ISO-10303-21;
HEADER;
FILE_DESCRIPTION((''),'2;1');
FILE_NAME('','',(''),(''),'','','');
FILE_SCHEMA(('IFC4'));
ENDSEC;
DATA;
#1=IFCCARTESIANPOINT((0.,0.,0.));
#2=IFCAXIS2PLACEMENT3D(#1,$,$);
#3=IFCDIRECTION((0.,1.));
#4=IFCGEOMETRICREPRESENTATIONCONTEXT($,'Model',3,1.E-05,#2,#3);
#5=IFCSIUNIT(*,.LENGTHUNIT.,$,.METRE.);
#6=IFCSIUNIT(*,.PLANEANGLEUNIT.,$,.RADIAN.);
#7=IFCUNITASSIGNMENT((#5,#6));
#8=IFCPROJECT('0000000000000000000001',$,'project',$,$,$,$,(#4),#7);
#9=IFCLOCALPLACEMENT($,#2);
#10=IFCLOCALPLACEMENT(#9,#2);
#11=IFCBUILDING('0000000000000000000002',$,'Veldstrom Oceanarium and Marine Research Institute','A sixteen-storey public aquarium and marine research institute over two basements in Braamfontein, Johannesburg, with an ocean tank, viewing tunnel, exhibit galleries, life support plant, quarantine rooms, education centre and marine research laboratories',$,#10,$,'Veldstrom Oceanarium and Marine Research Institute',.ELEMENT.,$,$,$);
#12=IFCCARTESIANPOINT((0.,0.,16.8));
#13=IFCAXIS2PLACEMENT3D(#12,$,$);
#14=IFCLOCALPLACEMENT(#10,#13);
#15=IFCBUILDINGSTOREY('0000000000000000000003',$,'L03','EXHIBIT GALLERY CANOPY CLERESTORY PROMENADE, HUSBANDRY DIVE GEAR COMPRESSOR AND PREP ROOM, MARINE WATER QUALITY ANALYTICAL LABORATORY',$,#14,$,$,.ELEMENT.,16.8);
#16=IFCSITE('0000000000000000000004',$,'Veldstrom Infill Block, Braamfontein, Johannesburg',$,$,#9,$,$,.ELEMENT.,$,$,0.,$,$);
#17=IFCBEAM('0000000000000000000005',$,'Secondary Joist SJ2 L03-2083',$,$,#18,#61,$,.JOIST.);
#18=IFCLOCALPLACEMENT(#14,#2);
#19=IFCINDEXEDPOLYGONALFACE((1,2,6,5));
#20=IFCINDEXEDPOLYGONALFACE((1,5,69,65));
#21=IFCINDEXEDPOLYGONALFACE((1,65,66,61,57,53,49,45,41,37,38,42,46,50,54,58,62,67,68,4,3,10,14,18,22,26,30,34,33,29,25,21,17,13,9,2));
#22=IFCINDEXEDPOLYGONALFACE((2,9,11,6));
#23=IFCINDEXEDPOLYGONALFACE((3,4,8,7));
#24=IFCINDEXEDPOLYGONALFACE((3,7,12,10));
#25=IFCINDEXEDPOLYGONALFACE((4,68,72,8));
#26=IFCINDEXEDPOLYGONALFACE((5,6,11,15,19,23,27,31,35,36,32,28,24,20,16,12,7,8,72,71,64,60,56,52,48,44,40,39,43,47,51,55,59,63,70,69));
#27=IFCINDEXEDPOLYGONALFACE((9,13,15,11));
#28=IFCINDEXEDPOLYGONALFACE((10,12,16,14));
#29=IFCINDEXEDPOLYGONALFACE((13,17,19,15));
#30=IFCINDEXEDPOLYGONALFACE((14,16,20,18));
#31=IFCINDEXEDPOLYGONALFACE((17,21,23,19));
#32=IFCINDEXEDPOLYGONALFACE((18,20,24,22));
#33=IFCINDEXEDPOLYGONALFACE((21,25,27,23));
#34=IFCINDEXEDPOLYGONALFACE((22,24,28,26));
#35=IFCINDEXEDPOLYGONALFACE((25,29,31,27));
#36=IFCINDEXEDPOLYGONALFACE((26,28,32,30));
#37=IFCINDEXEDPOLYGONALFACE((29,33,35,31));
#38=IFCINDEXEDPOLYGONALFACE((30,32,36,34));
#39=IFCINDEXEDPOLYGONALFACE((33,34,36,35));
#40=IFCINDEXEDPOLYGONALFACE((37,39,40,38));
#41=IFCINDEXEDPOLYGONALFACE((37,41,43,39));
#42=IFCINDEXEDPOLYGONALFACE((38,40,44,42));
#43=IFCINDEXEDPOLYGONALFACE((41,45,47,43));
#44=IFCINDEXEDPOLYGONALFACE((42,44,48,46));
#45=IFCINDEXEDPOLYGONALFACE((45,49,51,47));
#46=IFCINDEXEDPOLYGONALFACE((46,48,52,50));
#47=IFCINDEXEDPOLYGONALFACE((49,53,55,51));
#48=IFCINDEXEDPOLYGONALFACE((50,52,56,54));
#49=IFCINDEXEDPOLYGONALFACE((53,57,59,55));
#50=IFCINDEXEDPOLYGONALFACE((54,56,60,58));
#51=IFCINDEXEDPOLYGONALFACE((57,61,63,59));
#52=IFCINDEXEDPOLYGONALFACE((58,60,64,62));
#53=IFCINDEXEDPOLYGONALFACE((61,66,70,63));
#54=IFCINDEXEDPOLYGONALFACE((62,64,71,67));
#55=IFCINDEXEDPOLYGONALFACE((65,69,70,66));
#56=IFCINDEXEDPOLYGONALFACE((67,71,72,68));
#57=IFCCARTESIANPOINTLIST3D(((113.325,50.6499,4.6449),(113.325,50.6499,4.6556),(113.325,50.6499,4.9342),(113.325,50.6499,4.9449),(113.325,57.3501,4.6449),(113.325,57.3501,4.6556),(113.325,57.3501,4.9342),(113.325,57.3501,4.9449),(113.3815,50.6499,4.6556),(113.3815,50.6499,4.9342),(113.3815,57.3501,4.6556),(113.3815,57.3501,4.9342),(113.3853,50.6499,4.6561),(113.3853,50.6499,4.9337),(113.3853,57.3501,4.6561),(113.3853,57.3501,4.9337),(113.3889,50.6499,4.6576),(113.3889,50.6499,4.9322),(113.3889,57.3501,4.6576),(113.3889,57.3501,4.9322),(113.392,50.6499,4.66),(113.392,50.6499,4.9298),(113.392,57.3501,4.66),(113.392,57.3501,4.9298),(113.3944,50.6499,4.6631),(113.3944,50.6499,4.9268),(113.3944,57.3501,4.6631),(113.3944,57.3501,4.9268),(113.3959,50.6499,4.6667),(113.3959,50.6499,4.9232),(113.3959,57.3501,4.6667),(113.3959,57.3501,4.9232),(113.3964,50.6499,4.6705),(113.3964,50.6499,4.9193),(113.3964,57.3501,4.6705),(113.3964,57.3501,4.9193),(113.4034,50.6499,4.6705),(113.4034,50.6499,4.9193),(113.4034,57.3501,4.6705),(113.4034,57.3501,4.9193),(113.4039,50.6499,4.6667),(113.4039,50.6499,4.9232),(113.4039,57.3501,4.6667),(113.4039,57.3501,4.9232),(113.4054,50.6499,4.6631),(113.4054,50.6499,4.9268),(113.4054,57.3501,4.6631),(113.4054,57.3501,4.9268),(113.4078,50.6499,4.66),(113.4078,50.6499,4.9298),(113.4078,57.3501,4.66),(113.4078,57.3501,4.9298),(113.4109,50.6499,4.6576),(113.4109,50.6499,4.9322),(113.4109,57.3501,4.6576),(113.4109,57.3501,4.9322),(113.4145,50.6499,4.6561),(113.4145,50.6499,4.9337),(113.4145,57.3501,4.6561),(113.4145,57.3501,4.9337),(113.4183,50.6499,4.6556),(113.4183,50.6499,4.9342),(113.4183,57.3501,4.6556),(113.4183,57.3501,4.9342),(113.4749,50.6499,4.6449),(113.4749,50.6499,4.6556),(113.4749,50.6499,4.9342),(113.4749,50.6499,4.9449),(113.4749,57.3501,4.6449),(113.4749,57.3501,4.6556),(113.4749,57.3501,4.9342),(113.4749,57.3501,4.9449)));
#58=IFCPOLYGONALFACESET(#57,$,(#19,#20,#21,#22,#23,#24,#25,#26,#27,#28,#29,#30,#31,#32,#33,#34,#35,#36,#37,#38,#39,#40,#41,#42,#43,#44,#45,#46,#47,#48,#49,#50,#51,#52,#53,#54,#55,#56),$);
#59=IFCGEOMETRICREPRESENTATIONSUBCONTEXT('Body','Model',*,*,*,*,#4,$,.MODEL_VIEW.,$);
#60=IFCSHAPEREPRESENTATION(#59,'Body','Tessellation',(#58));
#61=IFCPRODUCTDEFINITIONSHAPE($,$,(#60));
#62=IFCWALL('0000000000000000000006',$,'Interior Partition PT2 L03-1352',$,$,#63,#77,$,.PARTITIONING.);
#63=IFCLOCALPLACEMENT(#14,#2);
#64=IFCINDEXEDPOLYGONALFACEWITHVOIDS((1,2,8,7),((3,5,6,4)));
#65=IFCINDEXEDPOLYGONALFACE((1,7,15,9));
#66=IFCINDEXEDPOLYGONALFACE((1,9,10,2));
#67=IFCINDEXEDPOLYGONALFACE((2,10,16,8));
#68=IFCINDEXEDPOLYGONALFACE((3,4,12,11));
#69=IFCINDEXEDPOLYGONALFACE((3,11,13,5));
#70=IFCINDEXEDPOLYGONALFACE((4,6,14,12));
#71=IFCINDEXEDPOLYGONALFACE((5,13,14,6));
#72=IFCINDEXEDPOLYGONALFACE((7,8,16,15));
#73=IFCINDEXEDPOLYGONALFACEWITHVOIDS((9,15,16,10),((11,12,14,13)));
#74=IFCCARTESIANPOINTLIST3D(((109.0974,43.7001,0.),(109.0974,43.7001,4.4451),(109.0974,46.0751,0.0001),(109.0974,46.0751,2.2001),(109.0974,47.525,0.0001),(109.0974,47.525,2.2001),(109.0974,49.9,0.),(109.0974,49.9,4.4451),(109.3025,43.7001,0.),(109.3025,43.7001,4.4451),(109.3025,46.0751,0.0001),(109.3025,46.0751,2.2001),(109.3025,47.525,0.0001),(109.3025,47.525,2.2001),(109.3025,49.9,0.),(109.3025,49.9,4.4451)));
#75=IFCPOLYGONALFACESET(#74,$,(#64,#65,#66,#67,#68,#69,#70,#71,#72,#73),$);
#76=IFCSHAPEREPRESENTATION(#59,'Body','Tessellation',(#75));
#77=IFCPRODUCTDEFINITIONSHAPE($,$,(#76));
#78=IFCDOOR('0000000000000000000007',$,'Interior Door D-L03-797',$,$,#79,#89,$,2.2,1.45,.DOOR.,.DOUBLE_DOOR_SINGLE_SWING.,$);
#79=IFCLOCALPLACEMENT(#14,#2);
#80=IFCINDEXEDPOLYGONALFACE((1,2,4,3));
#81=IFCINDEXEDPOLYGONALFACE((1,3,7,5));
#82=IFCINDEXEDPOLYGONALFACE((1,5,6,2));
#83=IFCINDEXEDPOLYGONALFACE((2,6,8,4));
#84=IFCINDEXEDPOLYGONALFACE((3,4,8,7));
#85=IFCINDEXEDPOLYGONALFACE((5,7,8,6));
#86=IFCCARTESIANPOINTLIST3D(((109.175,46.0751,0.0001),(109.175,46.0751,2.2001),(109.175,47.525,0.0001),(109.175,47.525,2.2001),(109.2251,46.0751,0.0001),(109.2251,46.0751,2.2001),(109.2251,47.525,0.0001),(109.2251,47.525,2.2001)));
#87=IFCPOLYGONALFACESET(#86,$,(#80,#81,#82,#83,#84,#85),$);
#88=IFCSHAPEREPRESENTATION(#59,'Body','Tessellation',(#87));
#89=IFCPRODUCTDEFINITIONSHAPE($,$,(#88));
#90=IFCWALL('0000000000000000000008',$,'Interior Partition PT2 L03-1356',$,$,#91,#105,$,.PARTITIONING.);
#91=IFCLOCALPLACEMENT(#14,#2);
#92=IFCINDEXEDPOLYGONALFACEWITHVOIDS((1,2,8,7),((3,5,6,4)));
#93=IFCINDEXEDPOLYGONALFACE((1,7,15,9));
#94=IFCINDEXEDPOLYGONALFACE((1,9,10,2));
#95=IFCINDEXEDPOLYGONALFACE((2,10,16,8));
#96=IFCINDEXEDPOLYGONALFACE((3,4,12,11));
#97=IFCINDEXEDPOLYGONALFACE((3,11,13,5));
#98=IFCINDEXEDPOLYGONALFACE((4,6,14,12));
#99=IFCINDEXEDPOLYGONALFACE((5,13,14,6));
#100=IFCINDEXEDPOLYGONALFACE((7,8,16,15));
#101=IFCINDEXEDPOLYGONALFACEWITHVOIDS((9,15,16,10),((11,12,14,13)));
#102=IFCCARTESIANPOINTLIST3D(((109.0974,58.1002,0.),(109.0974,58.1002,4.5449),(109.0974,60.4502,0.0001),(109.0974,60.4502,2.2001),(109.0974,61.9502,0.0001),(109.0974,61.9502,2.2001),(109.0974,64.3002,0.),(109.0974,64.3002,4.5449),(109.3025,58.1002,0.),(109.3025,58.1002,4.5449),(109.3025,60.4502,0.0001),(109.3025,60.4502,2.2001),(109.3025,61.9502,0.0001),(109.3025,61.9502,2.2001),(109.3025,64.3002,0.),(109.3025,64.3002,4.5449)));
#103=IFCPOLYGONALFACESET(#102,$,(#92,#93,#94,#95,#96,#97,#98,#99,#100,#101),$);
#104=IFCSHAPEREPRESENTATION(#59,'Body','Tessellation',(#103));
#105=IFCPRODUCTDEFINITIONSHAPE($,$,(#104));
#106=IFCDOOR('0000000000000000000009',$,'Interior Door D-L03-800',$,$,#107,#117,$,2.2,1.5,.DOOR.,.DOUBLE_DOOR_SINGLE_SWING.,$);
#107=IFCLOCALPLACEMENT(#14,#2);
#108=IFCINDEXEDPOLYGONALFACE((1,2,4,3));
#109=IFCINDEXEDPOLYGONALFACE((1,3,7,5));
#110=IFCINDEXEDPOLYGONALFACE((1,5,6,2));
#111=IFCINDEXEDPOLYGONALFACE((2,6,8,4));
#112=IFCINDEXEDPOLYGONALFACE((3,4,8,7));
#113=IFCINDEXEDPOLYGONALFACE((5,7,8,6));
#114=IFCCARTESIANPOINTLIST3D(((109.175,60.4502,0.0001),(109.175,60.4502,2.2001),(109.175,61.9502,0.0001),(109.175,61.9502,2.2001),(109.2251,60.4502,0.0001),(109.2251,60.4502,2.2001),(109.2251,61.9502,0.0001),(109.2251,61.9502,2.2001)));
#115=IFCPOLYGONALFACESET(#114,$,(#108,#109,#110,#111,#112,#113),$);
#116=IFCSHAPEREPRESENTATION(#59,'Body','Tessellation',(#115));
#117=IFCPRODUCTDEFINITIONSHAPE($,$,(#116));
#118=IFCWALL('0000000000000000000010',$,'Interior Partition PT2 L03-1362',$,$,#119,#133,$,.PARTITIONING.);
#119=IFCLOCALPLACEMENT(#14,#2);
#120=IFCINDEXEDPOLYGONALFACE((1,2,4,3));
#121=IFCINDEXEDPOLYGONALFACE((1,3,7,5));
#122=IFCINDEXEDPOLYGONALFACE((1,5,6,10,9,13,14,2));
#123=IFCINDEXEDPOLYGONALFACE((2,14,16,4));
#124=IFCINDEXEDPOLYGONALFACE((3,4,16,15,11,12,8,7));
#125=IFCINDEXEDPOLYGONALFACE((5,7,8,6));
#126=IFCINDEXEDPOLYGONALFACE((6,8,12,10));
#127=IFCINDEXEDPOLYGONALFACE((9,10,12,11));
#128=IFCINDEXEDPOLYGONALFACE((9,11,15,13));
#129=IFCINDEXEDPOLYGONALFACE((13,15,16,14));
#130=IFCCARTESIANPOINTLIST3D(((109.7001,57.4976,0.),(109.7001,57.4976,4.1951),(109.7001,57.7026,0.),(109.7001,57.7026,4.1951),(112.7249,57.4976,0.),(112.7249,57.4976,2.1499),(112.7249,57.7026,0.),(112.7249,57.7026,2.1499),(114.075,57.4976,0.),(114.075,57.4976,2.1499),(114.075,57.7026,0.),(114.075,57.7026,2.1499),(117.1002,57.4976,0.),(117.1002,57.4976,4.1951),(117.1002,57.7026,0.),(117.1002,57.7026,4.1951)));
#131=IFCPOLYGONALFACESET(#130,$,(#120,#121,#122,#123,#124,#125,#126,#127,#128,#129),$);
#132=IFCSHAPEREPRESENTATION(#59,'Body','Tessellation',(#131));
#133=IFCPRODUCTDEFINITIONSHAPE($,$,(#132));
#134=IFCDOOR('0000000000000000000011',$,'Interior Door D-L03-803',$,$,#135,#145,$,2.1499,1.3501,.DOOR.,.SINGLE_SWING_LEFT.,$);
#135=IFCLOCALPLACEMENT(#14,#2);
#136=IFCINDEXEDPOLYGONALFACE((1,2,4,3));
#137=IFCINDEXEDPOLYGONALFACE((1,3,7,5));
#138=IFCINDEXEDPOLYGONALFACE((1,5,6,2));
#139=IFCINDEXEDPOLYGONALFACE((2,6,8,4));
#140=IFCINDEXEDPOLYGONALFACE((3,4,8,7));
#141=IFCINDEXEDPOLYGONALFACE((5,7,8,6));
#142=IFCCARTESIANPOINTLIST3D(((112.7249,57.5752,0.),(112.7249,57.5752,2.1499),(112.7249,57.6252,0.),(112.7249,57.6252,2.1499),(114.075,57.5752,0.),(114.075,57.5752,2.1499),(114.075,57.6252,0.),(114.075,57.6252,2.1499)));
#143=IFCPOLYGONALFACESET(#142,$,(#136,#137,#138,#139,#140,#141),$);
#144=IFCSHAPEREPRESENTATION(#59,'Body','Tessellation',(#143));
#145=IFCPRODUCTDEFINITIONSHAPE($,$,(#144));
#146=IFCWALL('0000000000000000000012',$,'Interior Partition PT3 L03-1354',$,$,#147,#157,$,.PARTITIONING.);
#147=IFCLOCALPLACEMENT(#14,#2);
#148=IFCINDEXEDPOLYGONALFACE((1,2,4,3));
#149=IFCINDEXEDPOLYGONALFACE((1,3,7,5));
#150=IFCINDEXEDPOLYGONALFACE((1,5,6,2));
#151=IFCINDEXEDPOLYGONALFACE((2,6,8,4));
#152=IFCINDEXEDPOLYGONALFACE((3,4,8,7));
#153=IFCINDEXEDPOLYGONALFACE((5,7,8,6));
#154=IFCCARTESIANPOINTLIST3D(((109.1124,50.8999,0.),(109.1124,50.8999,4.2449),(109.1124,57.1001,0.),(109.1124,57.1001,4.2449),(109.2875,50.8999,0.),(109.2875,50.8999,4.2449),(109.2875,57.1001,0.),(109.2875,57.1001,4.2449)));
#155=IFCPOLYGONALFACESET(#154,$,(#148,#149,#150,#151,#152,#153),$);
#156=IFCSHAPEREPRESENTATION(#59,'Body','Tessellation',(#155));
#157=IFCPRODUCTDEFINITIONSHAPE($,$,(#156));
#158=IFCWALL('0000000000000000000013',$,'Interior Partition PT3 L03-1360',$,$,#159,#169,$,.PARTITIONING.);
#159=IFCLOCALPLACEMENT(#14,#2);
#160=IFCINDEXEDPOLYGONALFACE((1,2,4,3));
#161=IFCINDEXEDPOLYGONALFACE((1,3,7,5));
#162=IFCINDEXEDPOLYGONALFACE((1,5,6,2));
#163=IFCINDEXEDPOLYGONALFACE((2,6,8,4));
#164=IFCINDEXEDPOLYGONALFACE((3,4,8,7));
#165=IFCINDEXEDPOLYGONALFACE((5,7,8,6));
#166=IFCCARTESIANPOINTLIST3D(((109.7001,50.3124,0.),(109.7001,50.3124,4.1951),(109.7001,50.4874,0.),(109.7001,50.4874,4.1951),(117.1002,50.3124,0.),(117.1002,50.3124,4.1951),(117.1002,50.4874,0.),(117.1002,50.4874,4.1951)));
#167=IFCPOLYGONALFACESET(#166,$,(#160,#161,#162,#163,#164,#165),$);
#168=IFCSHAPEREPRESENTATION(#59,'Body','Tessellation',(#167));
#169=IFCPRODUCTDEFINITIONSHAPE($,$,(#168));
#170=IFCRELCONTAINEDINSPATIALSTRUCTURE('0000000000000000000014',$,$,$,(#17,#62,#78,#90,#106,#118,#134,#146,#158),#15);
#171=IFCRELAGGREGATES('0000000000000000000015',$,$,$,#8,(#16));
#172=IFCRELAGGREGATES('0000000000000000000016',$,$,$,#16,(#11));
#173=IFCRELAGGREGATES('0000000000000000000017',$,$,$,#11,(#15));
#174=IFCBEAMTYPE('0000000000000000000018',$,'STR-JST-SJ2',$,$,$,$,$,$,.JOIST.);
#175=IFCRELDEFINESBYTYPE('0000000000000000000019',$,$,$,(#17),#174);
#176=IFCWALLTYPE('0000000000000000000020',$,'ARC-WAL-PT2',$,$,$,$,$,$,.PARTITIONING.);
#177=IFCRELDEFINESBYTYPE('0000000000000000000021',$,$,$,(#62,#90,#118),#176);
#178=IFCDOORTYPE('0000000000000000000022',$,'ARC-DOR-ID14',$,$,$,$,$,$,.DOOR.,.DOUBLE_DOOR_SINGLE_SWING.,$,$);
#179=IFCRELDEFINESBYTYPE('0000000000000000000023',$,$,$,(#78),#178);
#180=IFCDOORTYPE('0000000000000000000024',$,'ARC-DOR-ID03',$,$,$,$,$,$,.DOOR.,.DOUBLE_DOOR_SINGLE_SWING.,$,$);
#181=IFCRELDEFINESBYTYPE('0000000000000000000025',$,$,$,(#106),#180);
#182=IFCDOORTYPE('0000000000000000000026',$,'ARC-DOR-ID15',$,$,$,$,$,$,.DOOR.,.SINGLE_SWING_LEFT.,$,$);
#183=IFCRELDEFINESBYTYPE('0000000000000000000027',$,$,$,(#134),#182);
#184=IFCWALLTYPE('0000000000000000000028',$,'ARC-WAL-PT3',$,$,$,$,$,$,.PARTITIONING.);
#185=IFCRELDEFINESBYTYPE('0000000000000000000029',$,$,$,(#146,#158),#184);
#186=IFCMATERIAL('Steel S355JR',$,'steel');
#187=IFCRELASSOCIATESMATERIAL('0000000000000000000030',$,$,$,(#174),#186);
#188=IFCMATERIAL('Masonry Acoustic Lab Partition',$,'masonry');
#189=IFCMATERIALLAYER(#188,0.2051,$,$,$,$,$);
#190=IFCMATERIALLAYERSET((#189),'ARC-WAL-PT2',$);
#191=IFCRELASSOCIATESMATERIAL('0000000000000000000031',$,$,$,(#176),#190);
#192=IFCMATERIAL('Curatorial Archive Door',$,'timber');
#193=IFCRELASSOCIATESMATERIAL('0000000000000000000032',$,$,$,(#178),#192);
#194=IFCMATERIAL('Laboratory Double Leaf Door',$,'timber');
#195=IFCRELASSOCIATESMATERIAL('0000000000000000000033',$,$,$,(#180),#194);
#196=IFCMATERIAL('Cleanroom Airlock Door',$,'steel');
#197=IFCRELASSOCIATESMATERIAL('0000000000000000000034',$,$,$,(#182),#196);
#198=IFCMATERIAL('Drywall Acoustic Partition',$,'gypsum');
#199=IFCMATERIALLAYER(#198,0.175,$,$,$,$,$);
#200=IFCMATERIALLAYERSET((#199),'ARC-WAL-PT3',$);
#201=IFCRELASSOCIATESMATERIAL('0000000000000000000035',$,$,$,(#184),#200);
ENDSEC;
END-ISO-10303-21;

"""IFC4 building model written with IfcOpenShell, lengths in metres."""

from ifc_helpers import new_model, si_unit, direction, frame, frame_2d, origin, origin_2d, place, context, subcontext, project, spatial, rectangle, i_section, extrude, material, layer, layer_set, material_profile, profile_set, type_object, element, fill, save


model = new_model("IFC4")

# Units and contexts
model_context = context("Model", 3, precision=1e-05, world=origin(), true_north=direction((0.0, 1.0)))
body_context = subcontext(model_context, "Body", "Model", "MODEL_VIEW")
ifc_project = project(units=[si_unit("LENGTHUNIT", "METRE"), si_unit("PLANEANGLEUNIT", "RADIAN")], contexts=[model_context])

# Site, building, storey
site_placement = place(None, origin())
site = spatial("IfcSite", under=ifc_project, at=site_placement, Name="Veldstrom Infill Block, Braamfontein, Johannesburg", CompositionType="ELEMENT", RefElevation=0.0)
building_placement = place(site_placement, origin())
building = spatial("IfcBuilding", under=site, at=building_placement, Name="Veldstrom Oceanarium and Marine Research Institute", Description="A sixteen-storey public aquarium and marine research institute over two basements in Braamfontein, Johannesburg, with an ocean tank, viewing tunnel, exhibit galleries, life support plant, quarantine rooms, education centre and marine research laboratories", LongName="Veldstrom Oceanarium and Marine Research Institute", CompositionType="ELEMENT")
storey_placement = place(building_placement, frame((0.0, 0.0, 16.8)))
storey = spatial("IfcBuildingStorey", under=building, at=storey_placement, Name="L03", Description="EXHIBIT GALLERY CANOPY CLERESTORY PROMENADE, HUSBANDRY DIVE GEAR COMPRESSOR AND PREP ROOM, MARINE WATER QUALITY ANALYTICAL LABORATORY", CompositionType="ELEMENT", Elevation=16.8)

# Beam
ifc_material_1 = material(Name="Steel S355JR", Category="steel")
ifc_material_profile_1 = material_profile(ifc_material_1, i_section(OverallWidth=0.1499, OverallDepth=0.3, WebThickness=0.0071, FlangeThickness=0.0107, FilletRadius=0.0149, at=origin_2d()), Name="IPE 300")
ifc_profile_set_1 = profile_set([ifc_material_profile_1], Name="Steel S355JR")
beam_type_1 = type_object("IfcBeamType", Name="STR-JST-SJ2", PredefinedType="JOIST", material=ifc_profile_set_1)
beam_1_placement = place(storey_placement, frame((113.3999, 50.6499, 4.7949), z_axis=(0.0, 1.0, 0.0), x_axis=(-1.0, 0.0, 0.0)))
element("IfcBeam", 1, at=beam_1_placement, inside=storey, type_object=beam_type_1, Name="Secondary Joist SJ2 L03-2083", PredefinedType="JOIST", context=body_context, shape_type="SweptSolid", body=[
    extrude(i_section(OverallWidth=0.1499, OverallDepth=0.3, WebThickness=0.0071, FlangeThickness=0.0107, FilletRadius=0.0149, at=origin_2d()), origin(), (0.0, 0.0, 1.0), 6.7002),
])

# Walls, openings, doors
ifc_material_2 = material(Name="Masonry Acoustic Lab Partition", Category="masonry")
ifc_layer_1 = layer(ifc_material_2, 0.2051)
ifc_layer_set_1 = layer_set([ifc_layer_1], Name="ARC-WAL-PT2")
wall_type_1 = type_object("IfcWallType", Name="ARC-WAL-PT2", PredefinedType="PARTITIONING", material=ifc_layer_set_1)
wall_1_placement = place(storey_placement, frame((109.2, 43.7, 0.0), z_axis=(0.0, 0.0, 1.0), x_axis=(0.0, 1.0, 0.0)))
wall_1 = element("IfcWall", 2, at=wall_1_placement, inside=storey, type_object=wall_type_1, Name="Interior Partition PT2 L03-1352", PredefinedType="PARTITIONING", context=body_context, shape_type="SweptSolid", body=[
    extrude(rectangle(XDim=6.2, YDim=0.2051, at=frame_2d((3.1001, 0.0))), origin(), (0.0, 0.0, 1.0), 4.4451),
])
opening_1_placement = place(wall_1_placement, frame((2.375, 0.0, 0.0)))
opening_1 = element("IfcOpeningElement", 3, at=opening_1_placement, cuts=wall_1, PredefinedType="OPENING", context=body_context, shape_type="SweptSolid", body=[
    extrude(rectangle(XDim=1.45, YDim=2.2, at=frame_2d((0.7251, 1.1001))), frame((0.0, 0.1125, 0.0), z_axis=(0.0, -1.0, 0.0), x_axis=(1.0, 0.0, 0.0)), (0.0, 0.0, 1.0), 0.2251),
])
ifc_material_3 = material(Name="Curatorial Archive Door", Category="timber")
door_type_1 = type_object("IfcDoorType", Name="ARC-DOR-ID14", OperationType="DOUBLE_DOOR_SINGLE_SWING", PredefinedType="DOOR", material=ifc_material_3)
door_1_placement = place(opening_1_placement, origin())
door_1 = element("IfcDoor", 4, at=door_1_placement, inside=storey, type_object=door_type_1, Name="Interior Door D-L03-797", OperationType="DOUBLE_DOOR_SINGLE_SWING", OverallHeight=2.2, OverallWidth=1.45, PredefinedType="DOOR", context=body_context, shape_type="SweptSolid", body=[
    extrude(rectangle(XDim=1.45, YDim=2.2, at=frame_2d((0.7251, 1.1001))), frame((0.0, 0.0249, 0.0), z_axis=(0.0, -1.0, 0.0), x_axis=(1.0, 0.0, 0.0)), (0.0, 0.0, 1.0), 0.05),
])
fill(opening_1, door_1)
wall_2_placement = place(storey_placement, frame((109.2, 58.1001, 0.0), z_axis=(0.0, 0.0, 1.0), x_axis=(0.0, 1.0, 0.0)))
wall_2 = element("IfcWall", 5, at=wall_2_placement, inside=storey, type_object=wall_type_1, Name="Interior Partition PT2 L03-1356", PredefinedType="PARTITIONING", context=body_context, shape_type="SweptSolid", body=[
    extrude(rectangle(XDim=6.2, YDim=0.2051, at=frame_2d((3.1001, 0.0))), origin(), (0.0, 0.0, 1.0), 4.5449),
])
opening_2_placement = place(wall_2_placement, frame((2.3501, 0.0, 0.0)))
opening_2 = element("IfcOpeningElement", 6, at=opening_2_placement, cuts=wall_2, PredefinedType="OPENING", context=body_context, shape_type="SweptSolid", body=[
    extrude(rectangle(XDim=1.5, YDim=2.2, at=frame_2d((0.75, 1.1001))), frame((0.0, 0.1125, 0.0), z_axis=(0.0, -1.0, 0.0), x_axis=(1.0, 0.0, 0.0)), (0.0, 0.0, 1.0), 0.2251),
])
ifc_material_4 = material(Name="Laboratory Double Leaf Door", Category="timber")
door_type_2 = type_object("IfcDoorType", Name="ARC-DOR-ID03", OperationType="DOUBLE_DOOR_SINGLE_SWING", PredefinedType="DOOR", material=ifc_material_4)
door_2_placement = place(opening_2_placement, origin())
door_2 = element("IfcDoor", 7, at=door_2_placement, inside=storey, type_object=door_type_2, Name="Interior Door D-L03-800", OperationType="DOUBLE_DOOR_SINGLE_SWING", OverallHeight=2.2, OverallWidth=1.5, PredefinedType="DOOR", context=body_context, shape_type="SweptSolid", body=[
    extrude(rectangle(XDim=1.5, YDim=2.2, at=frame_2d((0.75, 1.1001))), frame((0.0, 0.0249, 0.0), z_axis=(0.0, -1.0, 0.0), x_axis=(1.0, 0.0, 0.0)), (0.0, 0.0, 1.0), 0.05),
])
fill(opening_2, door_2)
wall_3_placement = place(storey_placement, frame((109.7, 57.6001, 0.0), z_axis=(0.0, 0.0, 1.0), x_axis=(1.0, 0.0, 0.0)))
wall_3 = element("IfcWall", 8, at=wall_3_placement, inside=storey, type_object=wall_type_1, Name="Interior Partition PT2 L03-1362", PredefinedType="PARTITIONING", context=body_context, shape_type="SweptSolid", body=[
    extrude(rectangle(XDim=7.4001, YDim=0.2051, at=frame_2d((3.7002, 0.0))), origin(), (0.0, 0.0, 1.0), 4.1951),
])
opening_3_placement = place(wall_3_placement, frame((3.0249, 0.0, 0.0)))
opening_3 = element("IfcOpeningElement", 9, at=opening_3_placement, cuts=wall_3, PredefinedType="OPENING", context=body_context, shape_type="SweptSolid", body=[
    extrude(rectangle(XDim=1.3501, YDim=2.1499, at=frame_2d((0.675, 1.075))), frame((0.0, 0.1125, 0.0), z_axis=(0.0, -1.0, 0.0), x_axis=(1.0, 0.0, 0.0)), (0.0, 0.0, 1.0), 0.2251),
])
ifc_material_5 = material(Name="Cleanroom Airlock Door", Category="steel")
door_type_3 = type_object("IfcDoorType", Name="ARC-DOR-ID15", OperationType="SINGLE_SWING_LEFT", PredefinedType="DOOR", material=ifc_material_5)
door_3_placement = place(opening_3_placement, frame((1.3501, 0.0, 0.0), z_axis=(0.0, 0.0, 1.0), x_axis=(-1.0, 0.0, 0.0)))
door_3 = element("IfcDoor", 10, at=door_3_placement, inside=storey, type_object=door_type_3, Name="Interior Door D-L03-803", OperationType="SINGLE_SWING_LEFT", OverallHeight=2.1499, OverallWidth=1.3501, PredefinedType="DOOR", context=body_context, shape_type="SweptSolid", body=[
    extrude(rectangle(XDim=1.3501, YDim=2.1499, at=frame_2d((0.675, 1.075))), frame((0.0, 0.0249, 0.0), z_axis=(0.0, -1.0, 0.0), x_axis=(1.0, 0.0, 0.0)), (0.0, 0.0, 1.0), 0.05),
])
fill(opening_3, door_3)

# Walls
ifc_material_6 = material(Name="Drywall Acoustic Partition", Category="gypsum")
ifc_layer_2 = layer(ifc_material_6, 0.175)
ifc_layer_set_2 = layer_set([ifc_layer_2], Name="ARC-WAL-PT3")
wall_type_2 = type_object("IfcWallType", Name="ARC-WAL-PT3", PredefinedType="PARTITIONING", material=ifc_layer_set_2)
wall_4_placement = place(storey_placement, frame((109.2, 50.8999, 0.0), z_axis=(0.0, 0.0, 1.0), x_axis=(0.0, 1.0, 0.0)))
element("IfcWall", 11, at=wall_4_placement, inside=storey, type_object=wall_type_2, Name="Interior Partition PT3 L03-1354", PredefinedType="PARTITIONING", context=body_context, shape_type="SweptSolid", body=[
    extrude(rectangle(XDim=6.2002, YDim=0.175, at=frame_2d((3.1001, 0.0))), origin(), (0.0, 0.0, 1.0), 4.2449),
])
wall_5_placement = place(storey_placement, frame((109.7, 50.3999, 0.0), z_axis=(0.0, 0.0, 1.0), x_axis=(1.0, 0.0, 0.0)))
element("IfcWall", 12, at=wall_5_placement, inside=storey, type_object=wall_type_2, Name="Interior Partition PT3 L03-1360", PredefinedType="PARTITIONING", context=body_context, shape_type="SweptSolid", body=[
    extrude(rectangle(XDim=7.4001, YDim=0.175, at=frame_2d((3.7002, 0.0))), origin(), (0.0, 0.0, 1.0), 4.1951),
])

save(model, "model.ifc")
